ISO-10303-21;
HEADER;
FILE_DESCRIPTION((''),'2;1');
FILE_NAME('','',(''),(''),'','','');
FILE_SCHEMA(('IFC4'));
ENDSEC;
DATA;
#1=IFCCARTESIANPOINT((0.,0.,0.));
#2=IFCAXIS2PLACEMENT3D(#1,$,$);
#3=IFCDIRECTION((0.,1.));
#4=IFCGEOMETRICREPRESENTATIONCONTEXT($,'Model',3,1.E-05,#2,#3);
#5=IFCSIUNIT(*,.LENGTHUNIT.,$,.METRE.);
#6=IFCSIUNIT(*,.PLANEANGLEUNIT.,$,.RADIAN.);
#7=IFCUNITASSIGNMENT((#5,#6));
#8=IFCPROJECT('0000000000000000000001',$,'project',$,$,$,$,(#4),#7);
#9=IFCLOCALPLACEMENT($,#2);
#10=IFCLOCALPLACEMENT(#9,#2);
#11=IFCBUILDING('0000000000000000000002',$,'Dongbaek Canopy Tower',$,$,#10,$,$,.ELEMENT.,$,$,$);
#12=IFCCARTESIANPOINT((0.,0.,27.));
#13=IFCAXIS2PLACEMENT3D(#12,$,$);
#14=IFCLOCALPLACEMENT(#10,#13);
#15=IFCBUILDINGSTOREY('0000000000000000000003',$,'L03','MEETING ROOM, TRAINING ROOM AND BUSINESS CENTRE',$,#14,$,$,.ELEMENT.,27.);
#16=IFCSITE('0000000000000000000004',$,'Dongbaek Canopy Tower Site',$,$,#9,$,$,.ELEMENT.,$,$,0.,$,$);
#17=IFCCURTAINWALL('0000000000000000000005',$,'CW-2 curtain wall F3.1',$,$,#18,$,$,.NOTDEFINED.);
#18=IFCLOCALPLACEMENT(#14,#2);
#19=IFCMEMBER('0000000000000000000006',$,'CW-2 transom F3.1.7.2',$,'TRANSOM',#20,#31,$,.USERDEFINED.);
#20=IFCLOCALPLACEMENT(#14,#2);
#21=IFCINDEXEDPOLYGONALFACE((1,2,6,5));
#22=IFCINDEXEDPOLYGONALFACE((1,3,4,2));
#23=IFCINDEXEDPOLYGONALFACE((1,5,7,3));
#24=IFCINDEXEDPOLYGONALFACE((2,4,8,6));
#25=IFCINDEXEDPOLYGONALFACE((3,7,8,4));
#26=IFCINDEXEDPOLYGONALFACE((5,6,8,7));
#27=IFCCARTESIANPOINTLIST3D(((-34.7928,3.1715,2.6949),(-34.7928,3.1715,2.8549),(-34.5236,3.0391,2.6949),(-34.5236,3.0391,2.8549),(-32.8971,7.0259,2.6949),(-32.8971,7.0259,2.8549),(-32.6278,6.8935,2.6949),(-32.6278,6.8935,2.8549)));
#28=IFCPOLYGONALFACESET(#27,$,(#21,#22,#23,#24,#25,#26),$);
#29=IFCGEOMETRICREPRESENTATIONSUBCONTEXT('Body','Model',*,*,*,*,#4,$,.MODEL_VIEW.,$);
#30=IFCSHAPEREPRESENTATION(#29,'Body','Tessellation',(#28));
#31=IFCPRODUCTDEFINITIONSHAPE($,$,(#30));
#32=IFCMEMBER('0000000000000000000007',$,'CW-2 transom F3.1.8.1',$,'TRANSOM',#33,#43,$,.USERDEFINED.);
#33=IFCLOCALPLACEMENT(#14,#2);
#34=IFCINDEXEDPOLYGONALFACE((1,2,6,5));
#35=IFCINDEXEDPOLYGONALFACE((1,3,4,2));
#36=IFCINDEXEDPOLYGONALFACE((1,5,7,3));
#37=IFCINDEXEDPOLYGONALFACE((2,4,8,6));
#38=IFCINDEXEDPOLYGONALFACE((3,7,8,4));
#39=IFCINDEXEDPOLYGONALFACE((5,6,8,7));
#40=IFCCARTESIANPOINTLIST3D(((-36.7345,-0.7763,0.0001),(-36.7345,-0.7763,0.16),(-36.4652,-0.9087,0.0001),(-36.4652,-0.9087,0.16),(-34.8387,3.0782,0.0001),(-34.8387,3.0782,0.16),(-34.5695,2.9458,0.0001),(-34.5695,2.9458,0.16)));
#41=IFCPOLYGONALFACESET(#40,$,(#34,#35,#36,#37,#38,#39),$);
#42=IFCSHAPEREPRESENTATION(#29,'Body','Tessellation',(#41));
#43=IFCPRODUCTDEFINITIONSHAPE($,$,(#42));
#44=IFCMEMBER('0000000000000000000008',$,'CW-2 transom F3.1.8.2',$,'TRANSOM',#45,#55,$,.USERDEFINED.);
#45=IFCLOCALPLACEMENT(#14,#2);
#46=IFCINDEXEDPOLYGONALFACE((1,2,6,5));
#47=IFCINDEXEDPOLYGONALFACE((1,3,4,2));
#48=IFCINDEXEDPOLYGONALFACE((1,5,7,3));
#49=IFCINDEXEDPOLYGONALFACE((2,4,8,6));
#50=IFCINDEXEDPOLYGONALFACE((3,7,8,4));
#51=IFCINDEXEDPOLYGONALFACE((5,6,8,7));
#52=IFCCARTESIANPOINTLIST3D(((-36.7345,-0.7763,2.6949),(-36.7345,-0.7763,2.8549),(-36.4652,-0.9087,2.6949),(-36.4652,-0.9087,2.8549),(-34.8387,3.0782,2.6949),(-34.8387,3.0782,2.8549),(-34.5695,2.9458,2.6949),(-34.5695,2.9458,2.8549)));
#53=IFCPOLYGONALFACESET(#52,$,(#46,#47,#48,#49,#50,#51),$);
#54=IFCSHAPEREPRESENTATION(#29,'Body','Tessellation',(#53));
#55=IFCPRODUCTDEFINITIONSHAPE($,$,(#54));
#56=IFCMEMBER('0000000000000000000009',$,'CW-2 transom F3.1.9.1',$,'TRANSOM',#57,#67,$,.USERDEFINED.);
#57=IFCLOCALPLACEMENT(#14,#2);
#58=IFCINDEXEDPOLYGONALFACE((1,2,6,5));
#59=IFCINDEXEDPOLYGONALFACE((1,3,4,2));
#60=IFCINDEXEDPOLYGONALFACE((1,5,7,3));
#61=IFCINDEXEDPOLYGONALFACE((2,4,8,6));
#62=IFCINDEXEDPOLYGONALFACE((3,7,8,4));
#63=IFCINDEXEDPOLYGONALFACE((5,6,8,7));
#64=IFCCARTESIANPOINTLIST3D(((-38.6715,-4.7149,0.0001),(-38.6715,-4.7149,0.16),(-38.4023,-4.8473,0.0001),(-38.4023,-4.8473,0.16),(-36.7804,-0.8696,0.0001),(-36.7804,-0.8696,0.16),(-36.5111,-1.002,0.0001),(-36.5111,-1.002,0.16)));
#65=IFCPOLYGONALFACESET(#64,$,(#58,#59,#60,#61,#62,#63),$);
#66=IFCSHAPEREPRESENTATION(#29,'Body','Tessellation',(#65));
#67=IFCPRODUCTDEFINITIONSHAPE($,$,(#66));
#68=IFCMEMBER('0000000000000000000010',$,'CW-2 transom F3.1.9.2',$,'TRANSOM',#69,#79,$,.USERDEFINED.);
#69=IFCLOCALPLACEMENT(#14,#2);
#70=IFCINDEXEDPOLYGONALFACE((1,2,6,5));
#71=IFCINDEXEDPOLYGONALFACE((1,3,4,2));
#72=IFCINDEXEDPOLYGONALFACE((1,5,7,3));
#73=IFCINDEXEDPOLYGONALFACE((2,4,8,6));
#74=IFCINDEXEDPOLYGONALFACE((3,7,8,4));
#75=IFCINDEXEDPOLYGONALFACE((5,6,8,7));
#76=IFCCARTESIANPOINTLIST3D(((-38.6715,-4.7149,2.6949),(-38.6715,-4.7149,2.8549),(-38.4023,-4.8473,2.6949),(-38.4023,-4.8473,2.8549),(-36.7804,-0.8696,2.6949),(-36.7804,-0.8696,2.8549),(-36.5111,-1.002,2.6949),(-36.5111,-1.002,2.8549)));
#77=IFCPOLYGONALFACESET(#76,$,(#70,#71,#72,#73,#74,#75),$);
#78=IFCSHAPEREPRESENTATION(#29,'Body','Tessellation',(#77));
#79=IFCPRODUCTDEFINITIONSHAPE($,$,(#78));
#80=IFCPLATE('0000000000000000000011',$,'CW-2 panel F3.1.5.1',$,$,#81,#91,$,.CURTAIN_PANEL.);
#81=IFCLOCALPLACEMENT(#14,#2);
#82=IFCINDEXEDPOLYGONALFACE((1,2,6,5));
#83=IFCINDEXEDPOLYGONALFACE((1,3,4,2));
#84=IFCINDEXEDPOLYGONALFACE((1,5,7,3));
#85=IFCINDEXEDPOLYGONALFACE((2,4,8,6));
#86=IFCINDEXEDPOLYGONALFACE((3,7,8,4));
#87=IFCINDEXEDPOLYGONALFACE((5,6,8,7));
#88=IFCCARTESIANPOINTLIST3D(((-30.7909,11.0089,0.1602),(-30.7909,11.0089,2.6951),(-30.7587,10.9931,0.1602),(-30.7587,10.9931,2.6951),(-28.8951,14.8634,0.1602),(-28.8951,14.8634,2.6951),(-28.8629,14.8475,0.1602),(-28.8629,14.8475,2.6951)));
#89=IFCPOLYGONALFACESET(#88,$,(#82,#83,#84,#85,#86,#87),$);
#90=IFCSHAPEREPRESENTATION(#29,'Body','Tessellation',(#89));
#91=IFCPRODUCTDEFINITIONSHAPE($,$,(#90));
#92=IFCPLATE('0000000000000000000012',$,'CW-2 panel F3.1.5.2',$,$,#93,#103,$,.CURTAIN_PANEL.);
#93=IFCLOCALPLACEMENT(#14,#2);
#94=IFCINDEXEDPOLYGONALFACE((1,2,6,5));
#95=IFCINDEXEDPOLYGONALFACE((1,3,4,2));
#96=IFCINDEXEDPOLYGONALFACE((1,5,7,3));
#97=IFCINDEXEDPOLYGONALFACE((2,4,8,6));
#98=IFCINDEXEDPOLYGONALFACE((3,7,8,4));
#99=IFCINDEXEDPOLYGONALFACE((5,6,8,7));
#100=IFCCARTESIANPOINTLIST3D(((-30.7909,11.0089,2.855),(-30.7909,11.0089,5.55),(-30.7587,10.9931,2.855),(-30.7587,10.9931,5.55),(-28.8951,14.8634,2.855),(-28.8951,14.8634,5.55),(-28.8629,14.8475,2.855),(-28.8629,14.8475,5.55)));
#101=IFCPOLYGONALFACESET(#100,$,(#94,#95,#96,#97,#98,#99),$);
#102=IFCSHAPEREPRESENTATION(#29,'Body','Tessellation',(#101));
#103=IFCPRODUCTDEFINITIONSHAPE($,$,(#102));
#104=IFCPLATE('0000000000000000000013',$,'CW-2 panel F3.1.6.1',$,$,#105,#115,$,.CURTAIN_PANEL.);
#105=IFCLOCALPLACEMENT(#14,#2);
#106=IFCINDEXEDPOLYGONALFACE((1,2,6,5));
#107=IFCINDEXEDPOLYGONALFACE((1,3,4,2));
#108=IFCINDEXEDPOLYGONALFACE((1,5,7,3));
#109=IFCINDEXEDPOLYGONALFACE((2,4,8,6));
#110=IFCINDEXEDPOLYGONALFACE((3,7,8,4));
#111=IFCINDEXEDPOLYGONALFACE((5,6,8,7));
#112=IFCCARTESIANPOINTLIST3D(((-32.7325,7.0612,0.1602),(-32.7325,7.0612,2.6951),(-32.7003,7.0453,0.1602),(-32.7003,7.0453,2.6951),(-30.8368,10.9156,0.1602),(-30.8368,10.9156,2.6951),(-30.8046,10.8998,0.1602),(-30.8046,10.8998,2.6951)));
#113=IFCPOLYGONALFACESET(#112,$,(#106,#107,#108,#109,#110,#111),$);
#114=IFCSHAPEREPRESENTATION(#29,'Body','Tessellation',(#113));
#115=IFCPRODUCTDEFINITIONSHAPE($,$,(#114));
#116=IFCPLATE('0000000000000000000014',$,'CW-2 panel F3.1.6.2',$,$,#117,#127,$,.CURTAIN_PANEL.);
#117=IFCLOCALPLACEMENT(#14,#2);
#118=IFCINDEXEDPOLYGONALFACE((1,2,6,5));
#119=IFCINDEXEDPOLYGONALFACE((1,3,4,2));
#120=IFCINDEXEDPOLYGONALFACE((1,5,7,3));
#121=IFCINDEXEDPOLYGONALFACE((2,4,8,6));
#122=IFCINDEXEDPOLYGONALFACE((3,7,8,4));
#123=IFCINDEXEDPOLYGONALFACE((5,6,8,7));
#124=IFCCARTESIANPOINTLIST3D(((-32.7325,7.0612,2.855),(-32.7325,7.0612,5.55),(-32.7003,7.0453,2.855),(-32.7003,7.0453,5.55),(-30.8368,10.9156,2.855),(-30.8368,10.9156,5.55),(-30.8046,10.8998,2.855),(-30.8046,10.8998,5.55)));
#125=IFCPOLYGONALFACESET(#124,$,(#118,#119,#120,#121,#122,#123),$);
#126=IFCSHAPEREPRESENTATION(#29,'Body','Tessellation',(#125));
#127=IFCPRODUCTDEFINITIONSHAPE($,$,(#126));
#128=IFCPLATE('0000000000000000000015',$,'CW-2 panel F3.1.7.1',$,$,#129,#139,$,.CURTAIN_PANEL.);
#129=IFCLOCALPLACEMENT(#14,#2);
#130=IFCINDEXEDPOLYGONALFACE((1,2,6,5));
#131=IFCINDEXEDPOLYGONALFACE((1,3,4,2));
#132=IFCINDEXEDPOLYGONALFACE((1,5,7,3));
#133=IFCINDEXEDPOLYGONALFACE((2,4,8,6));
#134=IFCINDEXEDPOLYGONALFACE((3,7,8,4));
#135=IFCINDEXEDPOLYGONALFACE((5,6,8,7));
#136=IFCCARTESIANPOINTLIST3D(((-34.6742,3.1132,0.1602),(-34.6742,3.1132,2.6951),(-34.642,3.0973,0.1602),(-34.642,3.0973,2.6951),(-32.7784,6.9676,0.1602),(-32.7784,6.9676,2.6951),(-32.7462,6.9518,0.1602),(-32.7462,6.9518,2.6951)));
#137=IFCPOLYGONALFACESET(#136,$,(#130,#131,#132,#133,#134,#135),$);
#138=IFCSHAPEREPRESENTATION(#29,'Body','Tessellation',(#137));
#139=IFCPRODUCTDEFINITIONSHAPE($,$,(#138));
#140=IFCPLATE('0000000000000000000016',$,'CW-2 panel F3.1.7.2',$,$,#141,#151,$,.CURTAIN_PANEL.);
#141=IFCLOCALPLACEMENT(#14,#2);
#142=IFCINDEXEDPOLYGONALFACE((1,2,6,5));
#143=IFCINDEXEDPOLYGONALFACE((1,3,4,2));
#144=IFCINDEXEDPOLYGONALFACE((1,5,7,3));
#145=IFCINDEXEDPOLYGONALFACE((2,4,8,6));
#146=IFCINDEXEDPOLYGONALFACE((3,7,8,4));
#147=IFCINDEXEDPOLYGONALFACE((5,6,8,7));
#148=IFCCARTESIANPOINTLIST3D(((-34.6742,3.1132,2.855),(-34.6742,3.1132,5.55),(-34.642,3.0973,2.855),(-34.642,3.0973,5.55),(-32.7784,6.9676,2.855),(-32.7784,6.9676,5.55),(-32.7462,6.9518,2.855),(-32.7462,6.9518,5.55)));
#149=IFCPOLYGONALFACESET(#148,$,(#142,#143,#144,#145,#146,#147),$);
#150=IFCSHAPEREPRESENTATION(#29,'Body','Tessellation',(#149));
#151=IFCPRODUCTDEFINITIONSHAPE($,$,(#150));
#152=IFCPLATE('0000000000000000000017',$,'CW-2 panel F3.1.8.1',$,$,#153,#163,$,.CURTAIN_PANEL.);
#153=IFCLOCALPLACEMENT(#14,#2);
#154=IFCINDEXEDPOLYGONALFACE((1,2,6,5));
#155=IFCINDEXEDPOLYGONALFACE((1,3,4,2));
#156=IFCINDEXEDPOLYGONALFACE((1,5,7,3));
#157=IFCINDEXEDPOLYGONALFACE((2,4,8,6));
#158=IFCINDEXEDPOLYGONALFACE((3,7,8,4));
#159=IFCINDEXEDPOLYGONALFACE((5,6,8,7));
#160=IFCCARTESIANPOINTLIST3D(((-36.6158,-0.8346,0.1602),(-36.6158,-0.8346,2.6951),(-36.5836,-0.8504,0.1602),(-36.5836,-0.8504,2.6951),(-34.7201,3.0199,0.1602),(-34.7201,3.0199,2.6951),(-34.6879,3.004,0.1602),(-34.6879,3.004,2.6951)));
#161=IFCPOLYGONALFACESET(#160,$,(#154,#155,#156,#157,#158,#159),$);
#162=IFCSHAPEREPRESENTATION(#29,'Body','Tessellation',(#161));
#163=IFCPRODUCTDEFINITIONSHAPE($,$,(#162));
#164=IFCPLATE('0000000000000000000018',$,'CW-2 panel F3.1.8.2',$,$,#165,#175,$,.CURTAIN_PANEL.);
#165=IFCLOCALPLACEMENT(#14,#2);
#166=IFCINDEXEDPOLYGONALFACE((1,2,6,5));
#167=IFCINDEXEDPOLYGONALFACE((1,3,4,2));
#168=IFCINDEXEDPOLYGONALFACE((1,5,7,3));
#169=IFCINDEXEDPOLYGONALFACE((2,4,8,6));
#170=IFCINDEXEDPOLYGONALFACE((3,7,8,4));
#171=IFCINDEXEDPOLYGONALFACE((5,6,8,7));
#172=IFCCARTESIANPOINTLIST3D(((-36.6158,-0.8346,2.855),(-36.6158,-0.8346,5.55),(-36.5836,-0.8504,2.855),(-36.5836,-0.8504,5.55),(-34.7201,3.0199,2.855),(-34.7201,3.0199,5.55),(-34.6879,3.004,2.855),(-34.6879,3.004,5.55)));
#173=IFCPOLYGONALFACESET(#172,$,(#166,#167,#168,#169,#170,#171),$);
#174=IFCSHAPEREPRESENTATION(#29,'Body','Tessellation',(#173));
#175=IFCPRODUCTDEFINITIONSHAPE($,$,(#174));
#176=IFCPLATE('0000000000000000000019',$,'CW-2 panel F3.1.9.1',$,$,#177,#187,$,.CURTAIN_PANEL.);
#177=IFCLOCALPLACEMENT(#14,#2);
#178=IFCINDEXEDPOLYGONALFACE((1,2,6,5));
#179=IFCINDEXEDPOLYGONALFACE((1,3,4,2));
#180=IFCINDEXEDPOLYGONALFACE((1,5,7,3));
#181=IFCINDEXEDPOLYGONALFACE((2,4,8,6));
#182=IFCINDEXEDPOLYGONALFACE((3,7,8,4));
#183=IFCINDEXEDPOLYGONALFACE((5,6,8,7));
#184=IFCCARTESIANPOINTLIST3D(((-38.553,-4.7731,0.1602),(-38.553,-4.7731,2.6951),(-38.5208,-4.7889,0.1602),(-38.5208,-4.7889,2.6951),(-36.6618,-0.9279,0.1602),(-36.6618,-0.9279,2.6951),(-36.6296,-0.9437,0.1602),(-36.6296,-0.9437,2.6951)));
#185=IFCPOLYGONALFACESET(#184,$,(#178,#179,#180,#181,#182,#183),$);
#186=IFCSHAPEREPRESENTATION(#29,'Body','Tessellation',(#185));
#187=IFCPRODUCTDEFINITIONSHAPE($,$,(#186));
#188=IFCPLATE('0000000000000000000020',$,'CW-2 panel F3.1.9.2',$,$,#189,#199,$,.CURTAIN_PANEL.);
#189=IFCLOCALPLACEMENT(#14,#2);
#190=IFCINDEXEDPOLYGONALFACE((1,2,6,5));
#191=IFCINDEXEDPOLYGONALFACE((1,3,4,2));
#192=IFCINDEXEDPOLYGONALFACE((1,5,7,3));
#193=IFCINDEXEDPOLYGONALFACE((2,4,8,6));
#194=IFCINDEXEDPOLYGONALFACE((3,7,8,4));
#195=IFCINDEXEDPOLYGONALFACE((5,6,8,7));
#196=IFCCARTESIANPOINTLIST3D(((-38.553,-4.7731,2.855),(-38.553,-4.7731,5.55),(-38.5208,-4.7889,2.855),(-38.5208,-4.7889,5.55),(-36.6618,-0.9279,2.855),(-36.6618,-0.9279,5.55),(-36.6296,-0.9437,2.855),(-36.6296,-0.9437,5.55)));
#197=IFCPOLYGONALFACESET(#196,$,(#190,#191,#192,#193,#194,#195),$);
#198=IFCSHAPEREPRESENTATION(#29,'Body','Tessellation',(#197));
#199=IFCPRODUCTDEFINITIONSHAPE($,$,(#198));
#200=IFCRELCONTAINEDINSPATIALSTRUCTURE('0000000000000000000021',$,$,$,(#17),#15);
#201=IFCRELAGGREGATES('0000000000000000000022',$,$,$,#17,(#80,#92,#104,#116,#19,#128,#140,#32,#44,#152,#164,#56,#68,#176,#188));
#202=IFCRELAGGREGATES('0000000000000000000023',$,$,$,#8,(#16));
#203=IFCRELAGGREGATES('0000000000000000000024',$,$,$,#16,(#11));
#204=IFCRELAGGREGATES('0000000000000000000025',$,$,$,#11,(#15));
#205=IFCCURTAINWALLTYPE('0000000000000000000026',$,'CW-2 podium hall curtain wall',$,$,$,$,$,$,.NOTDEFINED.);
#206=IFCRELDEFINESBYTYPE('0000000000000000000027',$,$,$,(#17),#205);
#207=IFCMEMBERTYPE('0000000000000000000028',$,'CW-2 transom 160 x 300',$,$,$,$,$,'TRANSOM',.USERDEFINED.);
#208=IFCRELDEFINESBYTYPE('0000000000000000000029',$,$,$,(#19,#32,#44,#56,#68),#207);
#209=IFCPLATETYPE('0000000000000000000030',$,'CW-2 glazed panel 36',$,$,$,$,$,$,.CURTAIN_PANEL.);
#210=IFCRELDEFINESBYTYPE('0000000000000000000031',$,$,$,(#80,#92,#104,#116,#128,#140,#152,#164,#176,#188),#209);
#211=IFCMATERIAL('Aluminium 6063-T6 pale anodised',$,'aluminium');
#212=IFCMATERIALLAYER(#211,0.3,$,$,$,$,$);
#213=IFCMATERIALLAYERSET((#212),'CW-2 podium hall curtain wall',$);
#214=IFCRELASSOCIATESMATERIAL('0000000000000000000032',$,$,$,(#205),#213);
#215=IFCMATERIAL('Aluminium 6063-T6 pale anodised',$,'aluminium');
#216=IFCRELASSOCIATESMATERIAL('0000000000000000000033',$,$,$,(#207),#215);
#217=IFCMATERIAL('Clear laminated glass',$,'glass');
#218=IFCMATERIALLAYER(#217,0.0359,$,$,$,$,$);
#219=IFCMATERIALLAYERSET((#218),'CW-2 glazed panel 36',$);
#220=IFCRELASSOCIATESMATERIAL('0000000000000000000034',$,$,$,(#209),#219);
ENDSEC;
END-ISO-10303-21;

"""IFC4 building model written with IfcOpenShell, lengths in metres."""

from ifc_helpers import new_model, si_unit, direction, frame, origin, origin_2d, place, context, subcontext, project, spatial, rectangle, extrude, material, layer, layer_set, material_profile, profile_set, type_object, element, aggregate, save


model = new_model("IFC4")

# Units and contexts
model_context = context("Model", 3, precision=1e-05, world=origin(), true_north=direction((0.0, 1.0)))
body_context = subcontext(model_context, "Body", "Model", "MODEL_VIEW")
ifc_project = project(units=[si_unit("LENGTHUNIT", "METRE"), si_unit("PLANEANGLEUNIT", "RADIAN")], contexts=[model_context])

# Site, building, storey
site_placement = place(None, origin())
site = spatial("IfcSite", under=ifc_project, at=site_placement, Name="Dongbaek Canopy Tower Site", CompositionType="ELEMENT", RefElevation=0.0)
building_placement = place(site_placement, origin())
building = spatial("IfcBuilding", under=site, at=building_placement, Name="Dongbaek Canopy Tower", CompositionType="ELEMENT")
storey_placement = place(building_placement, frame((0.0, 0.0, 27.0)))
storey = spatial("IfcBuildingStorey", under=building, at=storey_placement, Name="L03", Description="MEETING ROOM, TRAINING ROOM AND BUSINESS CENTRE", CompositionType="ELEMENT", Elevation=27.0)

# Curtain wall, members, plates
ifc_material_1 = material(Name="Aluminium 6063-T6 pale anodised", Category="aluminium")
ifc_layer_1 = layer(ifc_material_1, 0.3)
ifc_layer_set_1 = layer_set([ifc_layer_1], Name="CW-2 podium hall curtain wall")
curtain_wall_type = type_object("IfcCurtainWallType", Name="CW-2 podium hall curtain wall", PredefinedType="NOTDEFINED", material=ifc_layer_set_1)
curtain_wall_placement = place(storey_placement, origin())
curtain_wall = element("IfcCurtainWall", 1, at=curtain_wall_placement, inside=storey, type_object=curtain_wall_type, Name="CW-2 curtain wall F3.1", PredefinedType="NOTDEFINED")
ifc_material_2 = material(Name="Aluminium 6063-T6 pale anodised", Category="aluminium")
ifc_material_profile_1 = material_profile(ifc_material_2, rectangle(XDim=0.3, YDim=0.1599, at=origin_2d()), Name="CW-2 transom 160 x 300")
ifc_profile_set_1 = profile_set([ifc_material_profile_1], Name="Aluminium 6063-T6 pale anodised")
member_type_1 = type_object("IfcMemberType", Name="CW-2 transom 160 x 300", ElementType="TRANSOM", PredefinedType="USERDEFINED", material=ifc_profile_set_1)
member_1_placement = place(storey_placement, frame((-32.7625, 6.9597, 2.7749), z_axis=(-0.441338, -0.897341, 0.0), x_axis=(0.897341, -0.441338, 0.0)))
member_1 = element("IfcMember", 2, at=member_1_placement, type_object=member_type_1, Name="CW-2 transom F3.1.7.2", ObjectType="TRANSOM", PredefinedType="USERDEFINED", context=body_context, shape_type="SweptSolid", body=[
    extrude(rectangle(XDim=0.3, YDim=0.1599, at=origin_2d()), origin(), (0.0, 0.0, 1.0), 4.2954),
])
member_2_placement = place(storey_placement, frame((-34.7041, 3.012, 0.0801), z_axis=(-0.441338, -0.897341, 0.0), x_axis=(0.897341, -0.441338, 0.0)))
member_2 = element("IfcMember", 3, at=member_2_placement, type_object=member_type_1, Name="CW-2 transom F3.1.8.1", ObjectType="TRANSOM", PredefinedType="USERDEFINED", context=body_context, shape_type="SweptSolid", body=[
    extrude(rectangle(XDim=0.3, YDim=0.1599, at=origin_2d()), origin(), (0.0, 0.0, 1.0), 4.2954),
])
member_3_placement = place(storey_placement, frame((-34.7041, 3.012, 2.7749), z_axis=(-0.441338, -0.897341, 0.0), x_axis=(0.897341, -0.441338, 0.0)))
member_3 = element("IfcMember", 4, at=member_3_placement, type_object=member_type_1, Name="CW-2 transom F3.1.8.2", ObjectType="TRANSOM", PredefinedType="USERDEFINED", context=body_context, shape_type="SweptSolid", body=[
    extrude(rectangle(XDim=0.3, YDim=0.1599, at=origin_2d()), origin(), (0.0, 0.0, 1.0), 4.2954),
])
member_4_placement = place(storey_placement, frame((-36.6458, -0.9358, 0.0801), z_axis=(-0.441324, -0.897348, 0.0), x_axis=(0.897348, -0.441324, 0.0)))
member_4 = element("IfcMember", 5, at=member_4_placement, type_object=member_type_1, Name="CW-2 transom F3.1.9.1", ObjectType="TRANSOM", PredefinedType="USERDEFINED", context=body_context, shape_type="SweptSolid", body=[
    extrude(rectangle(XDim=0.3, YDim=0.1599, at=origin_2d()), origin(), (0.0, 0.0, 1.0), 4.2852),
])
member_5_placement = place(storey_placement, frame((-36.6458, -0.9358, 2.7749), z_axis=(-0.441324, -0.897348, 0.0), x_axis=(0.897348, -0.441324, 0.0)))
member_5 = element("IfcMember", 6, at=member_5_placement, type_object=member_type_1, Name="CW-2 transom F3.1.9.2", ObjectType="TRANSOM", PredefinedType="USERDEFINED", context=body_context, shape_type="SweptSolid", body=[
    extrude(rectangle(XDim=0.3, YDim=0.1599, at=origin_2d()), origin(), (0.0, 0.0, 1.0), 4.2852),
])
ifc_material_3 = material(Name="Clear laminated glass", Category="glass")
ifc_layer_2 = layer(ifc_material_3, 0.0359)
ifc_layer_set_2 = layer_set([ifc_layer_2], Name="CW-2 glazed panel 36")
plate_type = type_object("IfcPlateType", Name="CW-2 glazed panel 36", PredefinedType="CURTAIN_PANEL", material=ifc_layer_set_2)
plate_1_placement = place(storey_placement, frame((-29.8269, 12.9282, 0.1602), z_axis=(0.0, 0.0, 1.0), x_axis=(-0.441342, -0.897339, 0.0)))
plate_1 = element("IfcPlate", 7, at=plate_1_placement, type_object=plate_type, Name="CW-2 panel F3.1.5.1", PredefinedType="CURTAIN_PANEL", context=body_context, shape_type="SweptSolid", body=[
    extrude(rectangle(XDim=4.2954, YDim=0.0359, at=origin_2d()), origin(), (0.0, 0.0, 1.0), 2.5349),
])
plate_2_placement = place(storey_placement, frame((-29.8269, 12.9282, 2.855), z_axis=(0.0, 0.0, 1.0), x_axis=(-0.441342, -0.897339, 0.0)))
plate_2 = element("IfcPlate", 8, at=plate_2_placement, type_object=plate_type, Name="CW-2 panel F3.1.5.2", PredefinedType="CURTAIN_PANEL", context=body_context, shape_type="SweptSolid", body=[
    extrude(rectangle(XDim=4.2954, YDim=0.0359, at=origin_2d()), origin(), (0.0, 0.0, 1.0), 2.6951),
])
plate_3_placement = place(storey_placement, frame((-31.7686, 8.9805, 0.1602), z_axis=(0.0, 0.0, 1.0), x_axis=(-0.441342, -0.897339, 0.0)))
plate_3 = element("IfcPlate", 9, at=plate_3_placement, type_object=plate_type, Name="CW-2 panel F3.1.6.1", PredefinedType="CURTAIN_PANEL", context=body_context, shape_type="SweptSolid", body=[
    extrude(rectangle(XDim=4.2954, YDim=0.0359, at=origin_2d()), origin(), (0.0, 0.0, 1.0), 2.5349),
])
plate_4_placement = place(storey_placement, frame((-31.7686, 8.9805, 2.855), z_axis=(0.0, 0.0, 1.0), x_axis=(-0.441342, -0.897339, 0.0)))
plate_4 = element("IfcPlate", 10, at=plate_4_placement, type_object=plate_type, Name="CW-2 panel F3.1.6.2", PredefinedType="CURTAIN_PANEL", context=body_context, shape_type="SweptSolid", body=[
    extrude(rectangle(XDim=4.2954, YDim=0.0359, at=origin_2d()), origin(), (0.0, 0.0, 1.0), 2.6951),
])
plate_5_placement = place(storey_placement, frame((-33.7102, 5.0325, 0.1602), z_axis=(0.0, 0.0, 1.0), x_axis=(-0.441342, -0.897339, 0.0)))
plate_5 = element("IfcPlate", 11, at=plate_5_placement, type_object=plate_type, Name="CW-2 panel F3.1.7.1", PredefinedType="CURTAIN_PANEL", context=body_context, shape_type="SweptSolid", body=[
    extrude(rectangle(XDim=4.2954, YDim=0.0359, at=origin_2d()), origin(), (0.0, 0.0, 1.0), 2.5349),
])
plate_6_placement = place(storey_placement, frame((-33.7102, 5.0325, 2.855), z_axis=(0.0, 0.0, 1.0), x_axis=(-0.441342, -0.897339, 0.0)))
plate_6 = element("IfcPlate", 12, at=plate_6_placement, type_object=plate_type, Name="CW-2 panel F3.1.7.2", PredefinedType="CURTAIN_PANEL", context=body_context, shape_type="SweptSolid", body=[
    extrude(rectangle(XDim=4.2954, YDim=0.0359, at=origin_2d()), origin(), (0.0, 0.0, 1.0), 2.6951),
])
plate_7_placement = place(storey_placement, frame((-35.6519, 1.0847, 0.1602), z_axis=(0.0, 0.0, 1.0), x_axis=(-0.441342, -0.897339, 0.0)))
plate_7 = element("IfcPlate", 13, at=plate_7_placement, type_object=plate_type, Name="CW-2 panel F3.1.8.1", PredefinedType="CURTAIN_PANEL", context=body_context, shape_type="SweptSolid", body=[
    extrude(rectangle(XDim=4.2954, YDim=0.0359, at=origin_2d()), origin(), (0.0, 0.0, 1.0), 2.5349),
])
plate_8_placement = place(storey_placement, frame((-35.6519, 1.0847, 2.855), z_axis=(0.0, 0.0, 1.0), x_axis=(-0.441342, -0.897339, 0.0)))
plate_8 = element("IfcPlate", 14, at=plate_8_placement, type_object=plate_type, Name="CW-2 panel F3.1.8.2", PredefinedType="CURTAIN_PANEL", context=body_context, shape_type="SweptSolid", body=[
    extrude(rectangle(XDim=4.2954, YDim=0.0359, at=origin_2d()), origin(), (0.0, 0.0, 1.0), 2.6951),
])
plate_9_placement = place(storey_placement, frame((-37.5913, -2.8584, 0.1602), z_axis=(0.0, 0.0, 1.0), x_axis=(-0.441342, -0.897339, 0.0)))
plate_9 = element("IfcPlate", 15, at=plate_9_placement, type_object=plate_type, Name="CW-2 panel F3.1.9.1", PredefinedType="CURTAIN_PANEL", context=body_context, shape_type="SweptSolid", body=[
    extrude(rectangle(XDim=4.2852, YDim=0.0359, at=origin_2d()), origin(), (0.0, 0.0, 1.0), 2.5349),
])
plate_10_placement = place(storey_placement, frame((-37.5913, -2.8584, 2.855), z_axis=(0.0, 0.0, 1.0), x_axis=(-0.441342, -0.897339, 0.0)))
plate_10 = element("IfcPlate", 16, at=plate_10_placement, type_object=plate_type, Name="CW-2 panel F3.1.9.2", PredefinedType="CURTAIN_PANEL", context=body_context, shape_type="SweptSolid", body=[
    extrude(rectangle(XDim=4.2852, YDim=0.0359, at=origin_2d()), origin(), (0.0, 0.0, 1.0), 2.6951),
])
aggregate(curtain_wall, [plate_1, plate_2, plate_3, plate_4, member_1, plate_5, plate_6, member_2, member_3, plate_7, plate_8, member_4, member_5, plate_9, plate_10])

save(model, "model.ifc")
